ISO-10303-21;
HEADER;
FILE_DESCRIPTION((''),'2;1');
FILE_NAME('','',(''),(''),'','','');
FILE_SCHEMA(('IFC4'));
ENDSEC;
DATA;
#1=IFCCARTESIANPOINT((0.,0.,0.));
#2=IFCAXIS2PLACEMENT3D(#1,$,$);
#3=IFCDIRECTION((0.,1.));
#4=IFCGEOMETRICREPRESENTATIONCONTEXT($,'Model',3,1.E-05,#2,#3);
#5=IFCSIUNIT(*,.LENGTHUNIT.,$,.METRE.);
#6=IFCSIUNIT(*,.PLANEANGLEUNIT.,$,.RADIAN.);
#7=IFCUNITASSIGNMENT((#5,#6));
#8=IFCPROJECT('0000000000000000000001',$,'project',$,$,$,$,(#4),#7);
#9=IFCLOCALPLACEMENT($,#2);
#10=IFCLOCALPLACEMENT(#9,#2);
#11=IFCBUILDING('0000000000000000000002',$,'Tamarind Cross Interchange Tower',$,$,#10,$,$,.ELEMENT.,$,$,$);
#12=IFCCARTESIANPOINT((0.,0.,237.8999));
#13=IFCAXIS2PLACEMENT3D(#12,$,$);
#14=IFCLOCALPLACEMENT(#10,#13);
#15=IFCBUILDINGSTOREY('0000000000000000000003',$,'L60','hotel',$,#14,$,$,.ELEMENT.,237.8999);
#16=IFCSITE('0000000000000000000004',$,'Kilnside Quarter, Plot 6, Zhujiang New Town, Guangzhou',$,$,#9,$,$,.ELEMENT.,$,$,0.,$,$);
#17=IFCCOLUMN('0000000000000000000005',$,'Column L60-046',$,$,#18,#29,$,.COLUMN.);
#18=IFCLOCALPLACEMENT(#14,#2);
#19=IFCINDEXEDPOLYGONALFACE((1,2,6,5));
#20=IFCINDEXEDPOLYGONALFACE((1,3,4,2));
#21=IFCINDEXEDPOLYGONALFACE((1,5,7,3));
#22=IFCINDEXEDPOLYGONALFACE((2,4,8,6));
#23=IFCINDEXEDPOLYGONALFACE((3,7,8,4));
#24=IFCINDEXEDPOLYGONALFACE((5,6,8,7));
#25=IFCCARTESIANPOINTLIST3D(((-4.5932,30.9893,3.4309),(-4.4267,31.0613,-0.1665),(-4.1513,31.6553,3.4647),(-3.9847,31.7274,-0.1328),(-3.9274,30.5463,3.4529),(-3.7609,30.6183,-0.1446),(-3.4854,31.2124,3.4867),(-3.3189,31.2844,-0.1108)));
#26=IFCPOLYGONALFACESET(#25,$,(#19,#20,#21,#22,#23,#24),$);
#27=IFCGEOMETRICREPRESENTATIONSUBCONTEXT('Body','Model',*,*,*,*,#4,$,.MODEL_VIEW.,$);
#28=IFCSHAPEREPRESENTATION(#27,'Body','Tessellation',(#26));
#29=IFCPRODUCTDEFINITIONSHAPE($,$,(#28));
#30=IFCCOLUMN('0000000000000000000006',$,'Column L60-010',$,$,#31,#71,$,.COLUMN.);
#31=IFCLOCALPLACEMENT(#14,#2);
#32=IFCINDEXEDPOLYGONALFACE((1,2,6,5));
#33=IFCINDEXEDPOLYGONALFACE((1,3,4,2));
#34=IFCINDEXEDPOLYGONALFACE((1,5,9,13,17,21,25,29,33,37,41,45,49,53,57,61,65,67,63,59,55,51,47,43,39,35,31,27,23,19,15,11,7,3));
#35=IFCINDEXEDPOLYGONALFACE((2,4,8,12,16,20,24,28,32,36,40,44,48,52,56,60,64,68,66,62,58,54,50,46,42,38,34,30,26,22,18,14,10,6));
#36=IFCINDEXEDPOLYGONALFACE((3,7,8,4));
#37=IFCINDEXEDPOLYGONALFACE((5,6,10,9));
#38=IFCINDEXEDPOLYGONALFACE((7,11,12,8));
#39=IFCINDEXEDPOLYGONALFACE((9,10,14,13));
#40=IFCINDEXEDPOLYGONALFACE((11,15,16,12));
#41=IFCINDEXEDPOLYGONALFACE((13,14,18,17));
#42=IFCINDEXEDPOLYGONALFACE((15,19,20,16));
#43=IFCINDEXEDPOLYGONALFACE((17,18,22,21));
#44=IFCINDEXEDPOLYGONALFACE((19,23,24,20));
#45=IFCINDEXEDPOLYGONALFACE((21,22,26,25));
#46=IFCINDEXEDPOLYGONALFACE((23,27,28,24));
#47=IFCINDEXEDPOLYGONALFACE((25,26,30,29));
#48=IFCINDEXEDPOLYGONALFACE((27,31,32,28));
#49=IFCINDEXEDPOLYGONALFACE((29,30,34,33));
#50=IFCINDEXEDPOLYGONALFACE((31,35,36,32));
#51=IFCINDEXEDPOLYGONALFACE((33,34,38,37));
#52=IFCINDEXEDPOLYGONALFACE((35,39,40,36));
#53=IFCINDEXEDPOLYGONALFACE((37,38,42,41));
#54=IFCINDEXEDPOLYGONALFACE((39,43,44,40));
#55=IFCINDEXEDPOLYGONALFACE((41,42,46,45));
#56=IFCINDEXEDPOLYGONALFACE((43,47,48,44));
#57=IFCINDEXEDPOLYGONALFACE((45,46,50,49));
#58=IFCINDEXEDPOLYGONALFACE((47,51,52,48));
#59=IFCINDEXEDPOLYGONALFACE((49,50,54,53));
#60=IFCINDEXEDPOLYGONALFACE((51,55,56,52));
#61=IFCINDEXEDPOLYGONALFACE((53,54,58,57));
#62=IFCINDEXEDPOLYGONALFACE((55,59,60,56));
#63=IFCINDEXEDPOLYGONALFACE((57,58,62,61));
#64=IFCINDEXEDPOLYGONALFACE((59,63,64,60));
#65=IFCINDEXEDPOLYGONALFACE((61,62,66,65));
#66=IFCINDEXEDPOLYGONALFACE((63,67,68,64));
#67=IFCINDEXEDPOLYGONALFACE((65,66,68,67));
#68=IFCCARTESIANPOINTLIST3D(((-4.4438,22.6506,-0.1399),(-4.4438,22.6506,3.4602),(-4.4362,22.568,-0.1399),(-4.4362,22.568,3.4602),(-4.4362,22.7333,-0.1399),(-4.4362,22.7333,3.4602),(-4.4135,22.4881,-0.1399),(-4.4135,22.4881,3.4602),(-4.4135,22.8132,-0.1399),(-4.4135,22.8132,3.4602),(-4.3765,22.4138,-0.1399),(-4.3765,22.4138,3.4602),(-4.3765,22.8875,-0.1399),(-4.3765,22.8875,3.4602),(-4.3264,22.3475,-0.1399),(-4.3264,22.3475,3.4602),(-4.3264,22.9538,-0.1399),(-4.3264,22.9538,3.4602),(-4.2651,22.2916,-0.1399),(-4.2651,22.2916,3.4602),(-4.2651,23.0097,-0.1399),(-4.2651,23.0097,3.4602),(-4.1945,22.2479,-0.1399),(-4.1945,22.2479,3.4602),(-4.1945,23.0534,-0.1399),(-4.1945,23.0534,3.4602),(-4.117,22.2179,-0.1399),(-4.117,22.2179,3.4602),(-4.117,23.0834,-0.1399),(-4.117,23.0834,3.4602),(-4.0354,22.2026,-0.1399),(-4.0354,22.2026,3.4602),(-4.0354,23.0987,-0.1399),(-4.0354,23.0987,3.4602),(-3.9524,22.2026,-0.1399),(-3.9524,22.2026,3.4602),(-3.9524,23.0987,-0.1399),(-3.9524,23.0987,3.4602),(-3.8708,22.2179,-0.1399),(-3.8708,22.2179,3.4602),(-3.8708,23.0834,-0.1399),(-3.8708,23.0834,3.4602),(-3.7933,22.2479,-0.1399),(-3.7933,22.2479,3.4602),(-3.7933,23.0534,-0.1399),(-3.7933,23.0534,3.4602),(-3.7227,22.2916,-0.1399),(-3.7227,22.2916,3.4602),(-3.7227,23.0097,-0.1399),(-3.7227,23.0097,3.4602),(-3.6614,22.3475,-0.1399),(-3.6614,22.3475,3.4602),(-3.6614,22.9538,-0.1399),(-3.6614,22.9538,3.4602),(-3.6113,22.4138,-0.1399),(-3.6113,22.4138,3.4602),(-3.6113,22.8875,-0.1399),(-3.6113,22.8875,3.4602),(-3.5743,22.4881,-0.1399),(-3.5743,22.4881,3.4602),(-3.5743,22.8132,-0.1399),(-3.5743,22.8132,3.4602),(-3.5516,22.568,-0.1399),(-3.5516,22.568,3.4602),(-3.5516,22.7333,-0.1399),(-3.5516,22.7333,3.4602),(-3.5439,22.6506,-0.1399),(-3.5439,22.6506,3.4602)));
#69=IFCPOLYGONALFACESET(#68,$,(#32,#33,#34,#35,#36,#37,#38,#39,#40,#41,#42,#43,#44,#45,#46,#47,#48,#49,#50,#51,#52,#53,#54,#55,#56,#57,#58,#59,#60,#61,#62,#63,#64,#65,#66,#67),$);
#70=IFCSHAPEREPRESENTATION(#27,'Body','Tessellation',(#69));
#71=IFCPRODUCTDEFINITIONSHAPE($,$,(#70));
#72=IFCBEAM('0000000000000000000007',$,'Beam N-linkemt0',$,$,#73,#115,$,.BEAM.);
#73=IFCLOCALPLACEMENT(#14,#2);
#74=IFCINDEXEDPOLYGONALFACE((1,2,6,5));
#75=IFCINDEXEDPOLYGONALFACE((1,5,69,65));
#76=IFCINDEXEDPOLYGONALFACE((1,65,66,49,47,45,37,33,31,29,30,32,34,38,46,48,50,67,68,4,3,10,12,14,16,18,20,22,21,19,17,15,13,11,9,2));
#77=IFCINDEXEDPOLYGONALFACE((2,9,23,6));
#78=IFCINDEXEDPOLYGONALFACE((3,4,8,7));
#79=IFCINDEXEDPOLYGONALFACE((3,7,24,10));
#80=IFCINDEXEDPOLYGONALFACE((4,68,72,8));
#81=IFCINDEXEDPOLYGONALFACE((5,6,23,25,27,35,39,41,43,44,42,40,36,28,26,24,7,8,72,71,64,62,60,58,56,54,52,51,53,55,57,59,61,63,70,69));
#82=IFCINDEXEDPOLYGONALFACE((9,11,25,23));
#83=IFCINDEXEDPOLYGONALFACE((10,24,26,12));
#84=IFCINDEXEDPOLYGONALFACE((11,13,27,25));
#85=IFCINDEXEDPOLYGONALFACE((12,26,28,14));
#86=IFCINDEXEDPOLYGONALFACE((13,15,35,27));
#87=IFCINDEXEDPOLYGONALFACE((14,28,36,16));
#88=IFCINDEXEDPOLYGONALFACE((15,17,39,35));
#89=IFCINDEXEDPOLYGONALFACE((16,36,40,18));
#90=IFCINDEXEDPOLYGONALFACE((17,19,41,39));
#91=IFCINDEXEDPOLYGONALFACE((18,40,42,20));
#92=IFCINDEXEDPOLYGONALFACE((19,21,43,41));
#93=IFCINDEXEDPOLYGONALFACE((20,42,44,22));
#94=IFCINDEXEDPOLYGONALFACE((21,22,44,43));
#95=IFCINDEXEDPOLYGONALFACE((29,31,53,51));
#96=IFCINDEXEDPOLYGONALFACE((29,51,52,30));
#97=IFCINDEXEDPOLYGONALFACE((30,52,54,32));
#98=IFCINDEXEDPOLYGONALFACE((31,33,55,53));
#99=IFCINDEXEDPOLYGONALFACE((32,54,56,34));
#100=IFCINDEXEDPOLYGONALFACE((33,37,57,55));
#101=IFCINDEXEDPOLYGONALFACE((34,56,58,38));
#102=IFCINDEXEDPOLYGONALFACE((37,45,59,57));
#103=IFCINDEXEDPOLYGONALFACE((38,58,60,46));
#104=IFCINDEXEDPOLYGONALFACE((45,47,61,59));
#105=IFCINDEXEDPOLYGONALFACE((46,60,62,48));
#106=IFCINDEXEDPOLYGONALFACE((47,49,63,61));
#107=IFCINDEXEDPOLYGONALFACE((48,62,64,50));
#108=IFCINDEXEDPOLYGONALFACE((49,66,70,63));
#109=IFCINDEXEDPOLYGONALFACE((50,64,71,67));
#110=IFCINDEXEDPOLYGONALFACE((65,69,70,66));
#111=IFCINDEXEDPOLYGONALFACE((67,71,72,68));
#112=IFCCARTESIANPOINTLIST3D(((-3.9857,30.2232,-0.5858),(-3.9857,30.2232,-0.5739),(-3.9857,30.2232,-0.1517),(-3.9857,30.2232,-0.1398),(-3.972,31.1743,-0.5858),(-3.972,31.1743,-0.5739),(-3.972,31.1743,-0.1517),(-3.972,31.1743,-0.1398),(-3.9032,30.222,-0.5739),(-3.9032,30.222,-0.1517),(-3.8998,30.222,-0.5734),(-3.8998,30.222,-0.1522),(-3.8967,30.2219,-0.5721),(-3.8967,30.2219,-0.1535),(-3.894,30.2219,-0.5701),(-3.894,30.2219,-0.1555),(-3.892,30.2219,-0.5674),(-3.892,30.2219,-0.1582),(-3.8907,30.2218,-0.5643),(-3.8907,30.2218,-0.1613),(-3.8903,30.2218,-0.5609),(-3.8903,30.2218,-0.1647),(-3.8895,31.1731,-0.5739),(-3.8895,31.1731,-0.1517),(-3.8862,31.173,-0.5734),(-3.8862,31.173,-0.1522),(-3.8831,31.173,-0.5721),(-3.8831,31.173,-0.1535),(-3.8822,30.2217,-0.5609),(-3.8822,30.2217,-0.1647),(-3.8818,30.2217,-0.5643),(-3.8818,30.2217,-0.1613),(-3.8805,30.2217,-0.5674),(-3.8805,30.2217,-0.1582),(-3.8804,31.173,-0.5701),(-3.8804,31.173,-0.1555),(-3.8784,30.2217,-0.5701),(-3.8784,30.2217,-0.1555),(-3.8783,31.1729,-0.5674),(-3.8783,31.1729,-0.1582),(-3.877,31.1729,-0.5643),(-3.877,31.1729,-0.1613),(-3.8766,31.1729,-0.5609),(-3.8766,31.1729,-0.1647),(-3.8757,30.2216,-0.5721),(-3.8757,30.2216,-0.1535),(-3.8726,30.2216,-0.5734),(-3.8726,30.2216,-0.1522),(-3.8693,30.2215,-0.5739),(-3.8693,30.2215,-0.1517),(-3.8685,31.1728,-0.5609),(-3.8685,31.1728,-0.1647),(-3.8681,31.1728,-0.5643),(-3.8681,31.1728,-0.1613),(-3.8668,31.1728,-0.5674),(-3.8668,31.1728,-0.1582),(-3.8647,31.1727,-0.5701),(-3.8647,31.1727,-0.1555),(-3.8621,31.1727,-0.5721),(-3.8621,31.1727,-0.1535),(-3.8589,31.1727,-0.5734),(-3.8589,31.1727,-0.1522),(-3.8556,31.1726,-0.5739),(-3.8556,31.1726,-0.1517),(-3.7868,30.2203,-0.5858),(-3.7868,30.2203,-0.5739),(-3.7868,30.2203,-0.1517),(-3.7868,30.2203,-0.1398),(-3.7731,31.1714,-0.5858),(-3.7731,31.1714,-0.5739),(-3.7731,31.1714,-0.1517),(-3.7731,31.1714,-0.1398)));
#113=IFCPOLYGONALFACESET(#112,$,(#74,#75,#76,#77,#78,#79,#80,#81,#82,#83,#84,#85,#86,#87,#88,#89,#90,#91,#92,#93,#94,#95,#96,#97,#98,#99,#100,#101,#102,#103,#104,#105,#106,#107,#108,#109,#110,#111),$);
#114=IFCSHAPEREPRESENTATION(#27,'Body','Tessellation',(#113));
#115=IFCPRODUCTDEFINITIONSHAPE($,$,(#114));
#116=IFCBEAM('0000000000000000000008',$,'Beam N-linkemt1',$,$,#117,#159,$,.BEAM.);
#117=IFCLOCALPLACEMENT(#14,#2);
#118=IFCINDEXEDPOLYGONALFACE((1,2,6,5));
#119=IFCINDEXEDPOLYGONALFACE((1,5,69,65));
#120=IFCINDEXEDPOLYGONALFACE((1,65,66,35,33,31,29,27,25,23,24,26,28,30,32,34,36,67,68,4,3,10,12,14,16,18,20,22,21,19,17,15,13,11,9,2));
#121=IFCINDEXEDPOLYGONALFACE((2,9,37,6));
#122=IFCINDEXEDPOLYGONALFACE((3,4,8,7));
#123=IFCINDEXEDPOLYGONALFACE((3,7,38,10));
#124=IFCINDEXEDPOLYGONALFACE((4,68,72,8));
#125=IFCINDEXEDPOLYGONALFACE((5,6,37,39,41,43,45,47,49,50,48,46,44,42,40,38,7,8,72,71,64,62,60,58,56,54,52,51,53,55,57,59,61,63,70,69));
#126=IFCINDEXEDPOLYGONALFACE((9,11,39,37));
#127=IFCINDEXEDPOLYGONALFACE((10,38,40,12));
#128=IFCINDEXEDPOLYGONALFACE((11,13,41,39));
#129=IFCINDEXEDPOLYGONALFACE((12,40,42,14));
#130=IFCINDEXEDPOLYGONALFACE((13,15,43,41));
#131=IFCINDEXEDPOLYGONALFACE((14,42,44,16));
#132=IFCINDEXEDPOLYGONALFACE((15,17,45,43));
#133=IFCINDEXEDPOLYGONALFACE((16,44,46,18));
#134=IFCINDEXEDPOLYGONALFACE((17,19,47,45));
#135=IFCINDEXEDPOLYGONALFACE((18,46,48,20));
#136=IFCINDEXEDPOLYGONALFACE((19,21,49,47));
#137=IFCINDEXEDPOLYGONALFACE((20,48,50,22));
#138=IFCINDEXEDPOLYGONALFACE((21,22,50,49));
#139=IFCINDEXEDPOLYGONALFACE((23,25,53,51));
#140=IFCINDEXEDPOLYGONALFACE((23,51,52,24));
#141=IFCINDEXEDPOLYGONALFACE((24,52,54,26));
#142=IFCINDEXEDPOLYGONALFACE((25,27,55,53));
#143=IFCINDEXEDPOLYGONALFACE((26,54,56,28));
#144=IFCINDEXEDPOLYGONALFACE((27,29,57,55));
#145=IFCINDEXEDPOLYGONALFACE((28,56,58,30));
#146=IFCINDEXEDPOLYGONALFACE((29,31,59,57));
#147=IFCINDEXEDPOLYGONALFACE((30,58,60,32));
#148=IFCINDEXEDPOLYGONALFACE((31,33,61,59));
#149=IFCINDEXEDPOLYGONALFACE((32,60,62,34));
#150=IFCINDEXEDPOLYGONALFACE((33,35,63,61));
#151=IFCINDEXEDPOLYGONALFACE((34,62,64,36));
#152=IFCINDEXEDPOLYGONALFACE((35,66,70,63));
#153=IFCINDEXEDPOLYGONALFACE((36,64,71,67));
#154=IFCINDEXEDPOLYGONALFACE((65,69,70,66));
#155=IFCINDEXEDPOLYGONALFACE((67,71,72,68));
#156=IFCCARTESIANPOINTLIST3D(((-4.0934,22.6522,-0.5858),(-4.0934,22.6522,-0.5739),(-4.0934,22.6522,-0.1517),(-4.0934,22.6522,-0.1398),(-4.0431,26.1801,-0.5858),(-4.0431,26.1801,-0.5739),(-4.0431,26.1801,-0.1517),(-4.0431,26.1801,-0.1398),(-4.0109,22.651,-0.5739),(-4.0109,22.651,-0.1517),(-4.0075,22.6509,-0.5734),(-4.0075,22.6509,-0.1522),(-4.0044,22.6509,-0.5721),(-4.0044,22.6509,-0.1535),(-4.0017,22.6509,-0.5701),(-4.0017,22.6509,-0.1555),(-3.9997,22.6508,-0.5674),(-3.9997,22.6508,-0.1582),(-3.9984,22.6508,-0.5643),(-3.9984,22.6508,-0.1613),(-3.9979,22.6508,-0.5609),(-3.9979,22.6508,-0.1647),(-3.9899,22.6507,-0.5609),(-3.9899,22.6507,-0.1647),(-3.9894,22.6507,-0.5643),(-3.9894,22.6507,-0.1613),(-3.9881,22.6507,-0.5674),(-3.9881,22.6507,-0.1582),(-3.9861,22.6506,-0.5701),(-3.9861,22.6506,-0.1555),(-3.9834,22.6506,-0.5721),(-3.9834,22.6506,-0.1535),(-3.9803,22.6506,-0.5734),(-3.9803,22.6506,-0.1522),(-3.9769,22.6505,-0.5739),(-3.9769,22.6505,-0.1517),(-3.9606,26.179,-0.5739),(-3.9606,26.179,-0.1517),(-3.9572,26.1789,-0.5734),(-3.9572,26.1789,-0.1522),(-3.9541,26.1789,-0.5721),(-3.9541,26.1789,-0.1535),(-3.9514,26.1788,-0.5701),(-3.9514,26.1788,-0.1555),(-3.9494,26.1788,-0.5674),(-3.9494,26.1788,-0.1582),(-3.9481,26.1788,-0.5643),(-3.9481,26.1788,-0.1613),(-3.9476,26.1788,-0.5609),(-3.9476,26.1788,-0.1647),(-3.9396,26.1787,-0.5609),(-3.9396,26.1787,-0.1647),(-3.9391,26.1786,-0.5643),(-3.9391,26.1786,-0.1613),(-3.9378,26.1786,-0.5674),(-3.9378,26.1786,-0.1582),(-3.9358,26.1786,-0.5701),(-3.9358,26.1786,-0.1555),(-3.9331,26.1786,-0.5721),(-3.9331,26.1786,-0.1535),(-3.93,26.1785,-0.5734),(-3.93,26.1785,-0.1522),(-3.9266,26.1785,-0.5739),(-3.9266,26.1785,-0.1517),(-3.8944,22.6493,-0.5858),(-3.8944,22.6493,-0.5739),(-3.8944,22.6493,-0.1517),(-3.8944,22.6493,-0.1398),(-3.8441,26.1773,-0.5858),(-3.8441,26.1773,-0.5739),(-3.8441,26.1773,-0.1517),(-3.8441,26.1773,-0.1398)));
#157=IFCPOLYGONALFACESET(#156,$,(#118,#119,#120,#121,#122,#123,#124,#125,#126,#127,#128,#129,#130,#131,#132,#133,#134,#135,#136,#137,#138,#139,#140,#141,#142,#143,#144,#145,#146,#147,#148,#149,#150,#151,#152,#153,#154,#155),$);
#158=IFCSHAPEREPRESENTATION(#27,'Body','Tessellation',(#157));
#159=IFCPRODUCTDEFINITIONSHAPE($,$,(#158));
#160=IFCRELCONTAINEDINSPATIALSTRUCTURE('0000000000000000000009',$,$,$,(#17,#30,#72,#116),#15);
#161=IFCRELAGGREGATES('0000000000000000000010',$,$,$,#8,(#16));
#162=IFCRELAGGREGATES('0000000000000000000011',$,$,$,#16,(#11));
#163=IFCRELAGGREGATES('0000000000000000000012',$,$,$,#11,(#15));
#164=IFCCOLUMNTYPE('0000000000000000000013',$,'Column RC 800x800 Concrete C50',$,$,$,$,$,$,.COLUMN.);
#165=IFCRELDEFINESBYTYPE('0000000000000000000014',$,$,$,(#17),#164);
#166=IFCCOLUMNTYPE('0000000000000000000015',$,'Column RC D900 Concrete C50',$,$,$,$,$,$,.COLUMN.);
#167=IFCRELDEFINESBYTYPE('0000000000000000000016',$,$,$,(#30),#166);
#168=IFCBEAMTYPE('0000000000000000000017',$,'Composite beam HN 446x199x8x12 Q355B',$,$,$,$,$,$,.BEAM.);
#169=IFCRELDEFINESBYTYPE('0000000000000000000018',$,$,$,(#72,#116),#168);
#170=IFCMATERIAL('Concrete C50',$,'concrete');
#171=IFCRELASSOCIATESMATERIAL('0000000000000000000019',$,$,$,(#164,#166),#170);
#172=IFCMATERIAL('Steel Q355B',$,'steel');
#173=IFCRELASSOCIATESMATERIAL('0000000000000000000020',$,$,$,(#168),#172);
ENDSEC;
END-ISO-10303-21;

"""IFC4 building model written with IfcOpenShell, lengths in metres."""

from ifc_helpers import new_model, si_unit, direction, frame, origin, origin_2d, place, context, subcontext, project, spatial, rectangle, circle, i_section, extrude, material, material_profile, profile_set, type_object, element, save


model = new_model("IFC4")

# Units and contexts
model_context = context("Model", 3, precision=1e-05, world=origin(), true_north=direction((0.0, 1.0)))
body_context = subcontext(model_context, "Body", "Model", "MODEL_VIEW")
ifc_project = project(units=[si_unit("LENGTHUNIT", "METRE"), si_unit("PLANEANGLEUNIT", "RADIAN")], contexts=[model_context])

# Site, building, storey
site_placement = place(None, origin())
site = spatial("IfcSite", under=ifc_project, at=site_placement, Name="Kilnside Quarter, Plot 6, Zhujiang New Town, Guangzhou", CompositionType="ELEMENT", RefElevation=0.0)
building_placement = place(site_placement, origin())
building = spatial("IfcBuilding", under=site, at=building_placement, Name="Tamarind Cross Interchange Tower", CompositionType="ELEMENT")
storey_placement = place(building_placement, frame((0.0, 0.0, 237.8999)))
storey = spatial("IfcBuildingStorey", under=building, at=storey_placement, Name="L60", Description="hotel", CompositionType="ELEMENT", Elevation=237.8999)

# Columns
ifc_material_1 = material(Name="Concrete C50", Category="concrete")
ifc_material_profile_1 = material_profile(ifc_material_1, rectangle(XDim=0.8, YDim=0.8, at=origin_2d()), Name="RC 800x800")
ifc_profile_set_1 = profile_set([ifc_material_profile_1], Name="Concrete C50")
column_type_1 = type_object("IfcColumnType", Name="Column RC 800x800 Concrete C50", PredefinedType="COLUMN", material=ifc_profile_set_1)
column_1_placement = place(storey_placement, frame((-3.8728, 31.1729, -0.1387), z_axis=(-0.046226, -0.019995, 0.998731), x_axis=(0.832277, -0.55368, 0.027437)))
element("IfcColumn", 1, at=column_1_placement, inside=storey, type_object=column_type_1, Name="Column L60-046", PredefinedType="COLUMN", context=body_context, shape_type="SweptSolid", body=[
    extrude(rectangle(XDim=0.8, YDim=0.8, at=origin_2d()), origin(), (0.0, 0.0, 1.0), 3.6021),
])
ifc_material_profile_2 = material_profile(ifc_material_1, circle(Radius=0.45, at=origin_2d()), Name="RC D900")
ifc_profile_set_2 = profile_set([ifc_material_profile_2], Name="Concrete C50")
column_type_2 = type_object("IfcColumnType", Name="Column RC D900 Concrete C50", PredefinedType="COLUMN", material=ifc_profile_set_2)
column_2_placement = place(storey_placement, frame((-3.9939, 22.6506, -0.1399), z_axis=(0.0, 0.0, 1.0), x_axis=(1.0, 0.0, 0.0)))
element("IfcColumn", 2, at=column_2_placement, inside=storey, type_object=column_type_2, Name="Column L60-010", PredefinedType="COLUMN", context=body_context, shape_type="SweptSolid", body=[
    extrude(circle(Radius=0.45, at=origin_2d()), origin(), (0.0, 0.0, 1.0), 3.6001),
])

# Beams
ifc_material_2 = material(Name="Steel Q355B", Category="steel")
ifc_material_profile_3 = material_profile(ifc_material_2, i_section(OverallWidth=0.199, OverallDepth=0.446, WebThickness=0.0081, FlangeThickness=0.012, FilletRadius=0.0129, at=origin_2d()), Name="HN 446x199x8x12")
ifc_profile_set_3 = profile_set([ifc_material_profile_3], Name="Steel Q355B")
beam_type_1 = type_object("IfcBeamType", Name="Composite beam HN 446x199x8x12 Q355B", PredefinedType="BEAM", material=ifc_profile_set_3)
beam_1_placement = place(storey_placement, frame((-3.8726, 31.1729, -0.3628), z_axis=(-0.014372, -0.999897, 0.0), x_axis=(0.999897, -0.014372, 0.0)))
element("IfcBeam", 3, at=beam_1_placement, inside=storey, type_object=beam_type_1, Name="Beam N-linkemt0", PredefinedType="BEAM", context=body_context, shape_type="SweptSolid", body=[
    extrude(i_section(OverallWidth=0.199, OverallDepth=0.446, WebThickness=0.0081, FlangeThickness=0.012, FilletRadius=0.0129, at=origin_2d()), origin(), (0.0, 0.0, 1.0), 0.9512),
])
beam_2_placement = place(storey_placement, frame((-3.9436, 26.1787, -0.3628), z_axis=(-0.014254, -0.999898, 0.0), x_axis=(0.999898, -0.014254, 0.0)))
element("IfcBeam", 4, at=beam_2_placement, inside=storey, type_object=beam_type_1, Name="Beam N-linkemt1", PredefinedType="BEAM", context=body_context, shape_type="SweptSolid", body=[
    extrude(i_section(OverallWidth=0.199, OverallDepth=0.446, WebThickness=0.0081, FlangeThickness=0.012, FilletRadius=0.0129, at=origin_2d()), origin(), (0.0, 0.0, 1.0), 3.5283),
])

save(model, "model.ifc")
